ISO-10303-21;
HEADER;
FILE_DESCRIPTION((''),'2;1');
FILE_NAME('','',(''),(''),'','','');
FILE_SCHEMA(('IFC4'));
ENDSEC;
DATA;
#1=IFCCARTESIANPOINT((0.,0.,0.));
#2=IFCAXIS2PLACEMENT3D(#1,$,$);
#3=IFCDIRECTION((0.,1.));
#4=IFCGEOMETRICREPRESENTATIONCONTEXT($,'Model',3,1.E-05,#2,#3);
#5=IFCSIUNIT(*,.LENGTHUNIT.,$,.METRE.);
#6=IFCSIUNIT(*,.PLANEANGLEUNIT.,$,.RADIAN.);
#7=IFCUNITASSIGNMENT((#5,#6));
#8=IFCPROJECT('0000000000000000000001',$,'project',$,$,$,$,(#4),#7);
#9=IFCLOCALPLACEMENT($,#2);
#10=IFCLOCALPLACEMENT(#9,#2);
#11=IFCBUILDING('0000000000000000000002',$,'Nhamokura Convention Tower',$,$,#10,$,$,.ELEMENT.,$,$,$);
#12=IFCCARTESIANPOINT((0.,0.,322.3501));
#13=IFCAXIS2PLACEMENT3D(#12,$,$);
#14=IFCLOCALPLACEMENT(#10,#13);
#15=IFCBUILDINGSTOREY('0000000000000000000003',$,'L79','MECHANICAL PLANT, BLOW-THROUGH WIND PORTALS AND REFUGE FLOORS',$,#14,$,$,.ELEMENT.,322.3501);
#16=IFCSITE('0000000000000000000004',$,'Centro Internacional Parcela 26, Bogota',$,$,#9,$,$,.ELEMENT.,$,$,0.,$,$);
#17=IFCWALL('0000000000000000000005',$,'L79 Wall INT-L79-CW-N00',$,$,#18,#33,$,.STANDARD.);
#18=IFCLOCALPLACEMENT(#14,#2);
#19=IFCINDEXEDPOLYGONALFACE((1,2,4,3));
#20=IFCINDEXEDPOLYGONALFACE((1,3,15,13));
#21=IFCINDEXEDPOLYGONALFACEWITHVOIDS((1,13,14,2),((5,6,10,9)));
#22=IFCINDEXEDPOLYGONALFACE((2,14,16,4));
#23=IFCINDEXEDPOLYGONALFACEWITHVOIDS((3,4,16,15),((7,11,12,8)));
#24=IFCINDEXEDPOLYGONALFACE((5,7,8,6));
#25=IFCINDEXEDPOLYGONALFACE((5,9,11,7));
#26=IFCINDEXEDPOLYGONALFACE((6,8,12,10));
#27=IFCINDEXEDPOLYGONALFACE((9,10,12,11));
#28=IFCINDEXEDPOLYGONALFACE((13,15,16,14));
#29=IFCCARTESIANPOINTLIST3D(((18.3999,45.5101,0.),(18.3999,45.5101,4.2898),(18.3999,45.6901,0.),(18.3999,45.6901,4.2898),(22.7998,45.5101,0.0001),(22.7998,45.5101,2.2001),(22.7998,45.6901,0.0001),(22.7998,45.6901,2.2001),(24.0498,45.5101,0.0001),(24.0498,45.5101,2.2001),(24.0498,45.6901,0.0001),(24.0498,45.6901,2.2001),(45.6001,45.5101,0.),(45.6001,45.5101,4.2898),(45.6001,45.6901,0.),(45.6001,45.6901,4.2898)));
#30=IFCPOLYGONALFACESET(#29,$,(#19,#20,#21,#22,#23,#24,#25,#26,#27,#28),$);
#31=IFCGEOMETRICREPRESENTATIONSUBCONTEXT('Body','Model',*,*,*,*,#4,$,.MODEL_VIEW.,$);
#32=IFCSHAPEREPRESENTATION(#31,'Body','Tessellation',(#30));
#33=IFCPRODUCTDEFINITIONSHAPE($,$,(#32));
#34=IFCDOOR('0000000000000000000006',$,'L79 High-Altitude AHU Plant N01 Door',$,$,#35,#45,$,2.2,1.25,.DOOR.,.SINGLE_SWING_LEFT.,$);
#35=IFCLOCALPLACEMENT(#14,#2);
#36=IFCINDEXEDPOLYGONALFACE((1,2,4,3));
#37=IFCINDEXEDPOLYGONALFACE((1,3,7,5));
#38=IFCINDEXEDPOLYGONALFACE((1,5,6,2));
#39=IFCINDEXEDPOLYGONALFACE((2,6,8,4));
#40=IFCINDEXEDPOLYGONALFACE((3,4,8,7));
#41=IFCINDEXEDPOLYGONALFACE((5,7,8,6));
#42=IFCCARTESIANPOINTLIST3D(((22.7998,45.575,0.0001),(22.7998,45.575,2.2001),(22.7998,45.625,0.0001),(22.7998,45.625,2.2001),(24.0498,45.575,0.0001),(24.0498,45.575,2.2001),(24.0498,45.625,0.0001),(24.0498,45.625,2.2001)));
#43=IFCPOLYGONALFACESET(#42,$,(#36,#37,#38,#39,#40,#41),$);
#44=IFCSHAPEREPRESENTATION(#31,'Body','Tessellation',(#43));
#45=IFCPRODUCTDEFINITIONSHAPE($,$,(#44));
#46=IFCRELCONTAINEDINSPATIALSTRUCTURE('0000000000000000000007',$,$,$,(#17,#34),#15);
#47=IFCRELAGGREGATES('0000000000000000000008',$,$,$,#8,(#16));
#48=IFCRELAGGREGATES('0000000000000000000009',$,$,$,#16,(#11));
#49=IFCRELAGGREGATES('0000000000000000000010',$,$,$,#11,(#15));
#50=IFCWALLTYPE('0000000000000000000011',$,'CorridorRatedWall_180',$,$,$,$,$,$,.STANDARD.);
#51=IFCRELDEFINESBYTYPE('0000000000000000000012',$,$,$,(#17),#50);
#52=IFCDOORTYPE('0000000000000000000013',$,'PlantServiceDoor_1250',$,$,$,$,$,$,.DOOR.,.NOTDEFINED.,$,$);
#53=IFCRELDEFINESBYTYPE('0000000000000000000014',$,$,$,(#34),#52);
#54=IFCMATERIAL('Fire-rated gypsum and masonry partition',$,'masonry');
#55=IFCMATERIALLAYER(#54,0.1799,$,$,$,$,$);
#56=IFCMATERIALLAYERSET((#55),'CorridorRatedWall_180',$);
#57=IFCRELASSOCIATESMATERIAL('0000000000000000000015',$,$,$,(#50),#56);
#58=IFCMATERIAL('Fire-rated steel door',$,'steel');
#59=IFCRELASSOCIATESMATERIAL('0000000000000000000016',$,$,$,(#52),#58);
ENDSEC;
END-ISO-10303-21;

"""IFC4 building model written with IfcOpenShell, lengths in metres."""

from ifc_helpers import new_model, si_unit, direction, frame, frame_2d, origin, place, context, subcontext, project, spatial, rectangle, extrude, material, layer, layer_set, type_object, element, fill, save


model = new_model("IFC4")

# Units and contexts
model_context = context("Model", 3, precision=1e-05, world=origin(), true_north=direction((0.0, 1.0)))
body_context = subcontext(model_context, "Body", "Model", "MODEL_VIEW")
ifc_project = project(units=[si_unit("LENGTHUNIT", "METRE"), si_unit("PLANEANGLEUNIT", "RADIAN")], contexts=[model_context])

# Site, building, storey
site_placement = place(None, origin())
site = spatial("IfcSite", under=ifc_project, at=site_placement, Name="Centro Internacional Parcela 26, Bogota", CompositionType="ELEMENT", RefElevation=0.0)
building_placement = place(site_placement, origin())
building = spatial("IfcBuilding", under=site, at=building_placement, Name="Nhamokura Convention Tower", CompositionType="ELEMENT")
storey_placement = place(building_placement, frame((0.0, 0.0, 322.3501)))
storey = spatial("IfcBuildingStorey", under=building, at=storey_placement, Name="L79", Description="MECHANICAL PLANT, BLOW-THROUGH WIND PORTALS AND REFUGE FLOORS", CompositionType="ELEMENT", Elevation=322.3501)

# Wall, opening, door
ifc_material_1 = material(Name="Fire-rated gypsum and masonry partition", Category="masonry")
ifc_layer_1 = layer(ifc_material_1, 0.1799)
ifc_layer_set_1 = layer_set([ifc_layer_1], Name="CorridorRatedWall_180")
wall_type_1 = type_object("IfcWallType", Name="CorridorRatedWall_180", PredefinedType="STANDARD", material=ifc_layer_set_1)
wall_1_placement = place(storey_placement, frame((18.3999, 45.6001, 0.0), z_axis=(0.0, 0.0, 1.0), x_axis=(1.0, 0.0, 0.0)))
wall_1 = element("IfcWall", 1, at=wall_1_placement, inside=storey, type_object=wall_type_1, Name="L79 Wall INT-L79-CW-N00", PredefinedType="STANDARD", context=body_context, shape_type="SweptSolid", body=[
    extrude(rectangle(XDim=27.2002, YDim=0.1799, at=frame_2d((13.6001, 0.0))), origin(), (0.0, 0.0, 1.0), 4.2898),
])
opening_placement = place(wall_1_placement, frame((4.3999, 0.0, 0.0)))
opening = element("IfcOpeningElement", 2, at=opening_placement, cuts=wall_1, PredefinedType="OPENING", context=body_context, shape_type="SweptSolid", body=[
    extrude(rectangle(XDim=1.25, YDim=2.2, at=frame_2d((0.625, 1.1001))), frame((0.0, 0.0999, 0.0), z_axis=(0.0, -1.0, 0.0), x_axis=(1.0, 0.0, 0.0)), (0.0, 0.0, 1.0), 0.2),
])
ifc_material_2 = material(Name="Fire-rated steel door", Category="steel")
door_type = type_object("IfcDoorType", Name="PlantServiceDoor_1250", OperationType="NOTDEFINED", PredefinedType="DOOR", material=ifc_material_2)
door_placement = place(opening_placement, origin())
door = element("IfcDoor", 3, at=door_placement, inside=storey, type_object=door_type, Name="L79 High-Altitude AHU Plant N01 Door", OperationType="SINGLE_SWING_LEFT", OverallHeight=2.2, OverallWidth=1.25, PredefinedType="DOOR", context=body_context, shape_type="SweptSolid", body=[
    extrude(rectangle(XDim=1.25, YDim=2.2, at=frame_2d((0.625, 1.1001))), frame((0.0, 0.0249, 0.0), z_axis=(0.0, -1.0, 0.0), x_axis=(1.0, 0.0, 0.0)), (0.0, 0.0, 1.0), 0.05),
])
fill(opening, door)

save(model, "model.ifc")
